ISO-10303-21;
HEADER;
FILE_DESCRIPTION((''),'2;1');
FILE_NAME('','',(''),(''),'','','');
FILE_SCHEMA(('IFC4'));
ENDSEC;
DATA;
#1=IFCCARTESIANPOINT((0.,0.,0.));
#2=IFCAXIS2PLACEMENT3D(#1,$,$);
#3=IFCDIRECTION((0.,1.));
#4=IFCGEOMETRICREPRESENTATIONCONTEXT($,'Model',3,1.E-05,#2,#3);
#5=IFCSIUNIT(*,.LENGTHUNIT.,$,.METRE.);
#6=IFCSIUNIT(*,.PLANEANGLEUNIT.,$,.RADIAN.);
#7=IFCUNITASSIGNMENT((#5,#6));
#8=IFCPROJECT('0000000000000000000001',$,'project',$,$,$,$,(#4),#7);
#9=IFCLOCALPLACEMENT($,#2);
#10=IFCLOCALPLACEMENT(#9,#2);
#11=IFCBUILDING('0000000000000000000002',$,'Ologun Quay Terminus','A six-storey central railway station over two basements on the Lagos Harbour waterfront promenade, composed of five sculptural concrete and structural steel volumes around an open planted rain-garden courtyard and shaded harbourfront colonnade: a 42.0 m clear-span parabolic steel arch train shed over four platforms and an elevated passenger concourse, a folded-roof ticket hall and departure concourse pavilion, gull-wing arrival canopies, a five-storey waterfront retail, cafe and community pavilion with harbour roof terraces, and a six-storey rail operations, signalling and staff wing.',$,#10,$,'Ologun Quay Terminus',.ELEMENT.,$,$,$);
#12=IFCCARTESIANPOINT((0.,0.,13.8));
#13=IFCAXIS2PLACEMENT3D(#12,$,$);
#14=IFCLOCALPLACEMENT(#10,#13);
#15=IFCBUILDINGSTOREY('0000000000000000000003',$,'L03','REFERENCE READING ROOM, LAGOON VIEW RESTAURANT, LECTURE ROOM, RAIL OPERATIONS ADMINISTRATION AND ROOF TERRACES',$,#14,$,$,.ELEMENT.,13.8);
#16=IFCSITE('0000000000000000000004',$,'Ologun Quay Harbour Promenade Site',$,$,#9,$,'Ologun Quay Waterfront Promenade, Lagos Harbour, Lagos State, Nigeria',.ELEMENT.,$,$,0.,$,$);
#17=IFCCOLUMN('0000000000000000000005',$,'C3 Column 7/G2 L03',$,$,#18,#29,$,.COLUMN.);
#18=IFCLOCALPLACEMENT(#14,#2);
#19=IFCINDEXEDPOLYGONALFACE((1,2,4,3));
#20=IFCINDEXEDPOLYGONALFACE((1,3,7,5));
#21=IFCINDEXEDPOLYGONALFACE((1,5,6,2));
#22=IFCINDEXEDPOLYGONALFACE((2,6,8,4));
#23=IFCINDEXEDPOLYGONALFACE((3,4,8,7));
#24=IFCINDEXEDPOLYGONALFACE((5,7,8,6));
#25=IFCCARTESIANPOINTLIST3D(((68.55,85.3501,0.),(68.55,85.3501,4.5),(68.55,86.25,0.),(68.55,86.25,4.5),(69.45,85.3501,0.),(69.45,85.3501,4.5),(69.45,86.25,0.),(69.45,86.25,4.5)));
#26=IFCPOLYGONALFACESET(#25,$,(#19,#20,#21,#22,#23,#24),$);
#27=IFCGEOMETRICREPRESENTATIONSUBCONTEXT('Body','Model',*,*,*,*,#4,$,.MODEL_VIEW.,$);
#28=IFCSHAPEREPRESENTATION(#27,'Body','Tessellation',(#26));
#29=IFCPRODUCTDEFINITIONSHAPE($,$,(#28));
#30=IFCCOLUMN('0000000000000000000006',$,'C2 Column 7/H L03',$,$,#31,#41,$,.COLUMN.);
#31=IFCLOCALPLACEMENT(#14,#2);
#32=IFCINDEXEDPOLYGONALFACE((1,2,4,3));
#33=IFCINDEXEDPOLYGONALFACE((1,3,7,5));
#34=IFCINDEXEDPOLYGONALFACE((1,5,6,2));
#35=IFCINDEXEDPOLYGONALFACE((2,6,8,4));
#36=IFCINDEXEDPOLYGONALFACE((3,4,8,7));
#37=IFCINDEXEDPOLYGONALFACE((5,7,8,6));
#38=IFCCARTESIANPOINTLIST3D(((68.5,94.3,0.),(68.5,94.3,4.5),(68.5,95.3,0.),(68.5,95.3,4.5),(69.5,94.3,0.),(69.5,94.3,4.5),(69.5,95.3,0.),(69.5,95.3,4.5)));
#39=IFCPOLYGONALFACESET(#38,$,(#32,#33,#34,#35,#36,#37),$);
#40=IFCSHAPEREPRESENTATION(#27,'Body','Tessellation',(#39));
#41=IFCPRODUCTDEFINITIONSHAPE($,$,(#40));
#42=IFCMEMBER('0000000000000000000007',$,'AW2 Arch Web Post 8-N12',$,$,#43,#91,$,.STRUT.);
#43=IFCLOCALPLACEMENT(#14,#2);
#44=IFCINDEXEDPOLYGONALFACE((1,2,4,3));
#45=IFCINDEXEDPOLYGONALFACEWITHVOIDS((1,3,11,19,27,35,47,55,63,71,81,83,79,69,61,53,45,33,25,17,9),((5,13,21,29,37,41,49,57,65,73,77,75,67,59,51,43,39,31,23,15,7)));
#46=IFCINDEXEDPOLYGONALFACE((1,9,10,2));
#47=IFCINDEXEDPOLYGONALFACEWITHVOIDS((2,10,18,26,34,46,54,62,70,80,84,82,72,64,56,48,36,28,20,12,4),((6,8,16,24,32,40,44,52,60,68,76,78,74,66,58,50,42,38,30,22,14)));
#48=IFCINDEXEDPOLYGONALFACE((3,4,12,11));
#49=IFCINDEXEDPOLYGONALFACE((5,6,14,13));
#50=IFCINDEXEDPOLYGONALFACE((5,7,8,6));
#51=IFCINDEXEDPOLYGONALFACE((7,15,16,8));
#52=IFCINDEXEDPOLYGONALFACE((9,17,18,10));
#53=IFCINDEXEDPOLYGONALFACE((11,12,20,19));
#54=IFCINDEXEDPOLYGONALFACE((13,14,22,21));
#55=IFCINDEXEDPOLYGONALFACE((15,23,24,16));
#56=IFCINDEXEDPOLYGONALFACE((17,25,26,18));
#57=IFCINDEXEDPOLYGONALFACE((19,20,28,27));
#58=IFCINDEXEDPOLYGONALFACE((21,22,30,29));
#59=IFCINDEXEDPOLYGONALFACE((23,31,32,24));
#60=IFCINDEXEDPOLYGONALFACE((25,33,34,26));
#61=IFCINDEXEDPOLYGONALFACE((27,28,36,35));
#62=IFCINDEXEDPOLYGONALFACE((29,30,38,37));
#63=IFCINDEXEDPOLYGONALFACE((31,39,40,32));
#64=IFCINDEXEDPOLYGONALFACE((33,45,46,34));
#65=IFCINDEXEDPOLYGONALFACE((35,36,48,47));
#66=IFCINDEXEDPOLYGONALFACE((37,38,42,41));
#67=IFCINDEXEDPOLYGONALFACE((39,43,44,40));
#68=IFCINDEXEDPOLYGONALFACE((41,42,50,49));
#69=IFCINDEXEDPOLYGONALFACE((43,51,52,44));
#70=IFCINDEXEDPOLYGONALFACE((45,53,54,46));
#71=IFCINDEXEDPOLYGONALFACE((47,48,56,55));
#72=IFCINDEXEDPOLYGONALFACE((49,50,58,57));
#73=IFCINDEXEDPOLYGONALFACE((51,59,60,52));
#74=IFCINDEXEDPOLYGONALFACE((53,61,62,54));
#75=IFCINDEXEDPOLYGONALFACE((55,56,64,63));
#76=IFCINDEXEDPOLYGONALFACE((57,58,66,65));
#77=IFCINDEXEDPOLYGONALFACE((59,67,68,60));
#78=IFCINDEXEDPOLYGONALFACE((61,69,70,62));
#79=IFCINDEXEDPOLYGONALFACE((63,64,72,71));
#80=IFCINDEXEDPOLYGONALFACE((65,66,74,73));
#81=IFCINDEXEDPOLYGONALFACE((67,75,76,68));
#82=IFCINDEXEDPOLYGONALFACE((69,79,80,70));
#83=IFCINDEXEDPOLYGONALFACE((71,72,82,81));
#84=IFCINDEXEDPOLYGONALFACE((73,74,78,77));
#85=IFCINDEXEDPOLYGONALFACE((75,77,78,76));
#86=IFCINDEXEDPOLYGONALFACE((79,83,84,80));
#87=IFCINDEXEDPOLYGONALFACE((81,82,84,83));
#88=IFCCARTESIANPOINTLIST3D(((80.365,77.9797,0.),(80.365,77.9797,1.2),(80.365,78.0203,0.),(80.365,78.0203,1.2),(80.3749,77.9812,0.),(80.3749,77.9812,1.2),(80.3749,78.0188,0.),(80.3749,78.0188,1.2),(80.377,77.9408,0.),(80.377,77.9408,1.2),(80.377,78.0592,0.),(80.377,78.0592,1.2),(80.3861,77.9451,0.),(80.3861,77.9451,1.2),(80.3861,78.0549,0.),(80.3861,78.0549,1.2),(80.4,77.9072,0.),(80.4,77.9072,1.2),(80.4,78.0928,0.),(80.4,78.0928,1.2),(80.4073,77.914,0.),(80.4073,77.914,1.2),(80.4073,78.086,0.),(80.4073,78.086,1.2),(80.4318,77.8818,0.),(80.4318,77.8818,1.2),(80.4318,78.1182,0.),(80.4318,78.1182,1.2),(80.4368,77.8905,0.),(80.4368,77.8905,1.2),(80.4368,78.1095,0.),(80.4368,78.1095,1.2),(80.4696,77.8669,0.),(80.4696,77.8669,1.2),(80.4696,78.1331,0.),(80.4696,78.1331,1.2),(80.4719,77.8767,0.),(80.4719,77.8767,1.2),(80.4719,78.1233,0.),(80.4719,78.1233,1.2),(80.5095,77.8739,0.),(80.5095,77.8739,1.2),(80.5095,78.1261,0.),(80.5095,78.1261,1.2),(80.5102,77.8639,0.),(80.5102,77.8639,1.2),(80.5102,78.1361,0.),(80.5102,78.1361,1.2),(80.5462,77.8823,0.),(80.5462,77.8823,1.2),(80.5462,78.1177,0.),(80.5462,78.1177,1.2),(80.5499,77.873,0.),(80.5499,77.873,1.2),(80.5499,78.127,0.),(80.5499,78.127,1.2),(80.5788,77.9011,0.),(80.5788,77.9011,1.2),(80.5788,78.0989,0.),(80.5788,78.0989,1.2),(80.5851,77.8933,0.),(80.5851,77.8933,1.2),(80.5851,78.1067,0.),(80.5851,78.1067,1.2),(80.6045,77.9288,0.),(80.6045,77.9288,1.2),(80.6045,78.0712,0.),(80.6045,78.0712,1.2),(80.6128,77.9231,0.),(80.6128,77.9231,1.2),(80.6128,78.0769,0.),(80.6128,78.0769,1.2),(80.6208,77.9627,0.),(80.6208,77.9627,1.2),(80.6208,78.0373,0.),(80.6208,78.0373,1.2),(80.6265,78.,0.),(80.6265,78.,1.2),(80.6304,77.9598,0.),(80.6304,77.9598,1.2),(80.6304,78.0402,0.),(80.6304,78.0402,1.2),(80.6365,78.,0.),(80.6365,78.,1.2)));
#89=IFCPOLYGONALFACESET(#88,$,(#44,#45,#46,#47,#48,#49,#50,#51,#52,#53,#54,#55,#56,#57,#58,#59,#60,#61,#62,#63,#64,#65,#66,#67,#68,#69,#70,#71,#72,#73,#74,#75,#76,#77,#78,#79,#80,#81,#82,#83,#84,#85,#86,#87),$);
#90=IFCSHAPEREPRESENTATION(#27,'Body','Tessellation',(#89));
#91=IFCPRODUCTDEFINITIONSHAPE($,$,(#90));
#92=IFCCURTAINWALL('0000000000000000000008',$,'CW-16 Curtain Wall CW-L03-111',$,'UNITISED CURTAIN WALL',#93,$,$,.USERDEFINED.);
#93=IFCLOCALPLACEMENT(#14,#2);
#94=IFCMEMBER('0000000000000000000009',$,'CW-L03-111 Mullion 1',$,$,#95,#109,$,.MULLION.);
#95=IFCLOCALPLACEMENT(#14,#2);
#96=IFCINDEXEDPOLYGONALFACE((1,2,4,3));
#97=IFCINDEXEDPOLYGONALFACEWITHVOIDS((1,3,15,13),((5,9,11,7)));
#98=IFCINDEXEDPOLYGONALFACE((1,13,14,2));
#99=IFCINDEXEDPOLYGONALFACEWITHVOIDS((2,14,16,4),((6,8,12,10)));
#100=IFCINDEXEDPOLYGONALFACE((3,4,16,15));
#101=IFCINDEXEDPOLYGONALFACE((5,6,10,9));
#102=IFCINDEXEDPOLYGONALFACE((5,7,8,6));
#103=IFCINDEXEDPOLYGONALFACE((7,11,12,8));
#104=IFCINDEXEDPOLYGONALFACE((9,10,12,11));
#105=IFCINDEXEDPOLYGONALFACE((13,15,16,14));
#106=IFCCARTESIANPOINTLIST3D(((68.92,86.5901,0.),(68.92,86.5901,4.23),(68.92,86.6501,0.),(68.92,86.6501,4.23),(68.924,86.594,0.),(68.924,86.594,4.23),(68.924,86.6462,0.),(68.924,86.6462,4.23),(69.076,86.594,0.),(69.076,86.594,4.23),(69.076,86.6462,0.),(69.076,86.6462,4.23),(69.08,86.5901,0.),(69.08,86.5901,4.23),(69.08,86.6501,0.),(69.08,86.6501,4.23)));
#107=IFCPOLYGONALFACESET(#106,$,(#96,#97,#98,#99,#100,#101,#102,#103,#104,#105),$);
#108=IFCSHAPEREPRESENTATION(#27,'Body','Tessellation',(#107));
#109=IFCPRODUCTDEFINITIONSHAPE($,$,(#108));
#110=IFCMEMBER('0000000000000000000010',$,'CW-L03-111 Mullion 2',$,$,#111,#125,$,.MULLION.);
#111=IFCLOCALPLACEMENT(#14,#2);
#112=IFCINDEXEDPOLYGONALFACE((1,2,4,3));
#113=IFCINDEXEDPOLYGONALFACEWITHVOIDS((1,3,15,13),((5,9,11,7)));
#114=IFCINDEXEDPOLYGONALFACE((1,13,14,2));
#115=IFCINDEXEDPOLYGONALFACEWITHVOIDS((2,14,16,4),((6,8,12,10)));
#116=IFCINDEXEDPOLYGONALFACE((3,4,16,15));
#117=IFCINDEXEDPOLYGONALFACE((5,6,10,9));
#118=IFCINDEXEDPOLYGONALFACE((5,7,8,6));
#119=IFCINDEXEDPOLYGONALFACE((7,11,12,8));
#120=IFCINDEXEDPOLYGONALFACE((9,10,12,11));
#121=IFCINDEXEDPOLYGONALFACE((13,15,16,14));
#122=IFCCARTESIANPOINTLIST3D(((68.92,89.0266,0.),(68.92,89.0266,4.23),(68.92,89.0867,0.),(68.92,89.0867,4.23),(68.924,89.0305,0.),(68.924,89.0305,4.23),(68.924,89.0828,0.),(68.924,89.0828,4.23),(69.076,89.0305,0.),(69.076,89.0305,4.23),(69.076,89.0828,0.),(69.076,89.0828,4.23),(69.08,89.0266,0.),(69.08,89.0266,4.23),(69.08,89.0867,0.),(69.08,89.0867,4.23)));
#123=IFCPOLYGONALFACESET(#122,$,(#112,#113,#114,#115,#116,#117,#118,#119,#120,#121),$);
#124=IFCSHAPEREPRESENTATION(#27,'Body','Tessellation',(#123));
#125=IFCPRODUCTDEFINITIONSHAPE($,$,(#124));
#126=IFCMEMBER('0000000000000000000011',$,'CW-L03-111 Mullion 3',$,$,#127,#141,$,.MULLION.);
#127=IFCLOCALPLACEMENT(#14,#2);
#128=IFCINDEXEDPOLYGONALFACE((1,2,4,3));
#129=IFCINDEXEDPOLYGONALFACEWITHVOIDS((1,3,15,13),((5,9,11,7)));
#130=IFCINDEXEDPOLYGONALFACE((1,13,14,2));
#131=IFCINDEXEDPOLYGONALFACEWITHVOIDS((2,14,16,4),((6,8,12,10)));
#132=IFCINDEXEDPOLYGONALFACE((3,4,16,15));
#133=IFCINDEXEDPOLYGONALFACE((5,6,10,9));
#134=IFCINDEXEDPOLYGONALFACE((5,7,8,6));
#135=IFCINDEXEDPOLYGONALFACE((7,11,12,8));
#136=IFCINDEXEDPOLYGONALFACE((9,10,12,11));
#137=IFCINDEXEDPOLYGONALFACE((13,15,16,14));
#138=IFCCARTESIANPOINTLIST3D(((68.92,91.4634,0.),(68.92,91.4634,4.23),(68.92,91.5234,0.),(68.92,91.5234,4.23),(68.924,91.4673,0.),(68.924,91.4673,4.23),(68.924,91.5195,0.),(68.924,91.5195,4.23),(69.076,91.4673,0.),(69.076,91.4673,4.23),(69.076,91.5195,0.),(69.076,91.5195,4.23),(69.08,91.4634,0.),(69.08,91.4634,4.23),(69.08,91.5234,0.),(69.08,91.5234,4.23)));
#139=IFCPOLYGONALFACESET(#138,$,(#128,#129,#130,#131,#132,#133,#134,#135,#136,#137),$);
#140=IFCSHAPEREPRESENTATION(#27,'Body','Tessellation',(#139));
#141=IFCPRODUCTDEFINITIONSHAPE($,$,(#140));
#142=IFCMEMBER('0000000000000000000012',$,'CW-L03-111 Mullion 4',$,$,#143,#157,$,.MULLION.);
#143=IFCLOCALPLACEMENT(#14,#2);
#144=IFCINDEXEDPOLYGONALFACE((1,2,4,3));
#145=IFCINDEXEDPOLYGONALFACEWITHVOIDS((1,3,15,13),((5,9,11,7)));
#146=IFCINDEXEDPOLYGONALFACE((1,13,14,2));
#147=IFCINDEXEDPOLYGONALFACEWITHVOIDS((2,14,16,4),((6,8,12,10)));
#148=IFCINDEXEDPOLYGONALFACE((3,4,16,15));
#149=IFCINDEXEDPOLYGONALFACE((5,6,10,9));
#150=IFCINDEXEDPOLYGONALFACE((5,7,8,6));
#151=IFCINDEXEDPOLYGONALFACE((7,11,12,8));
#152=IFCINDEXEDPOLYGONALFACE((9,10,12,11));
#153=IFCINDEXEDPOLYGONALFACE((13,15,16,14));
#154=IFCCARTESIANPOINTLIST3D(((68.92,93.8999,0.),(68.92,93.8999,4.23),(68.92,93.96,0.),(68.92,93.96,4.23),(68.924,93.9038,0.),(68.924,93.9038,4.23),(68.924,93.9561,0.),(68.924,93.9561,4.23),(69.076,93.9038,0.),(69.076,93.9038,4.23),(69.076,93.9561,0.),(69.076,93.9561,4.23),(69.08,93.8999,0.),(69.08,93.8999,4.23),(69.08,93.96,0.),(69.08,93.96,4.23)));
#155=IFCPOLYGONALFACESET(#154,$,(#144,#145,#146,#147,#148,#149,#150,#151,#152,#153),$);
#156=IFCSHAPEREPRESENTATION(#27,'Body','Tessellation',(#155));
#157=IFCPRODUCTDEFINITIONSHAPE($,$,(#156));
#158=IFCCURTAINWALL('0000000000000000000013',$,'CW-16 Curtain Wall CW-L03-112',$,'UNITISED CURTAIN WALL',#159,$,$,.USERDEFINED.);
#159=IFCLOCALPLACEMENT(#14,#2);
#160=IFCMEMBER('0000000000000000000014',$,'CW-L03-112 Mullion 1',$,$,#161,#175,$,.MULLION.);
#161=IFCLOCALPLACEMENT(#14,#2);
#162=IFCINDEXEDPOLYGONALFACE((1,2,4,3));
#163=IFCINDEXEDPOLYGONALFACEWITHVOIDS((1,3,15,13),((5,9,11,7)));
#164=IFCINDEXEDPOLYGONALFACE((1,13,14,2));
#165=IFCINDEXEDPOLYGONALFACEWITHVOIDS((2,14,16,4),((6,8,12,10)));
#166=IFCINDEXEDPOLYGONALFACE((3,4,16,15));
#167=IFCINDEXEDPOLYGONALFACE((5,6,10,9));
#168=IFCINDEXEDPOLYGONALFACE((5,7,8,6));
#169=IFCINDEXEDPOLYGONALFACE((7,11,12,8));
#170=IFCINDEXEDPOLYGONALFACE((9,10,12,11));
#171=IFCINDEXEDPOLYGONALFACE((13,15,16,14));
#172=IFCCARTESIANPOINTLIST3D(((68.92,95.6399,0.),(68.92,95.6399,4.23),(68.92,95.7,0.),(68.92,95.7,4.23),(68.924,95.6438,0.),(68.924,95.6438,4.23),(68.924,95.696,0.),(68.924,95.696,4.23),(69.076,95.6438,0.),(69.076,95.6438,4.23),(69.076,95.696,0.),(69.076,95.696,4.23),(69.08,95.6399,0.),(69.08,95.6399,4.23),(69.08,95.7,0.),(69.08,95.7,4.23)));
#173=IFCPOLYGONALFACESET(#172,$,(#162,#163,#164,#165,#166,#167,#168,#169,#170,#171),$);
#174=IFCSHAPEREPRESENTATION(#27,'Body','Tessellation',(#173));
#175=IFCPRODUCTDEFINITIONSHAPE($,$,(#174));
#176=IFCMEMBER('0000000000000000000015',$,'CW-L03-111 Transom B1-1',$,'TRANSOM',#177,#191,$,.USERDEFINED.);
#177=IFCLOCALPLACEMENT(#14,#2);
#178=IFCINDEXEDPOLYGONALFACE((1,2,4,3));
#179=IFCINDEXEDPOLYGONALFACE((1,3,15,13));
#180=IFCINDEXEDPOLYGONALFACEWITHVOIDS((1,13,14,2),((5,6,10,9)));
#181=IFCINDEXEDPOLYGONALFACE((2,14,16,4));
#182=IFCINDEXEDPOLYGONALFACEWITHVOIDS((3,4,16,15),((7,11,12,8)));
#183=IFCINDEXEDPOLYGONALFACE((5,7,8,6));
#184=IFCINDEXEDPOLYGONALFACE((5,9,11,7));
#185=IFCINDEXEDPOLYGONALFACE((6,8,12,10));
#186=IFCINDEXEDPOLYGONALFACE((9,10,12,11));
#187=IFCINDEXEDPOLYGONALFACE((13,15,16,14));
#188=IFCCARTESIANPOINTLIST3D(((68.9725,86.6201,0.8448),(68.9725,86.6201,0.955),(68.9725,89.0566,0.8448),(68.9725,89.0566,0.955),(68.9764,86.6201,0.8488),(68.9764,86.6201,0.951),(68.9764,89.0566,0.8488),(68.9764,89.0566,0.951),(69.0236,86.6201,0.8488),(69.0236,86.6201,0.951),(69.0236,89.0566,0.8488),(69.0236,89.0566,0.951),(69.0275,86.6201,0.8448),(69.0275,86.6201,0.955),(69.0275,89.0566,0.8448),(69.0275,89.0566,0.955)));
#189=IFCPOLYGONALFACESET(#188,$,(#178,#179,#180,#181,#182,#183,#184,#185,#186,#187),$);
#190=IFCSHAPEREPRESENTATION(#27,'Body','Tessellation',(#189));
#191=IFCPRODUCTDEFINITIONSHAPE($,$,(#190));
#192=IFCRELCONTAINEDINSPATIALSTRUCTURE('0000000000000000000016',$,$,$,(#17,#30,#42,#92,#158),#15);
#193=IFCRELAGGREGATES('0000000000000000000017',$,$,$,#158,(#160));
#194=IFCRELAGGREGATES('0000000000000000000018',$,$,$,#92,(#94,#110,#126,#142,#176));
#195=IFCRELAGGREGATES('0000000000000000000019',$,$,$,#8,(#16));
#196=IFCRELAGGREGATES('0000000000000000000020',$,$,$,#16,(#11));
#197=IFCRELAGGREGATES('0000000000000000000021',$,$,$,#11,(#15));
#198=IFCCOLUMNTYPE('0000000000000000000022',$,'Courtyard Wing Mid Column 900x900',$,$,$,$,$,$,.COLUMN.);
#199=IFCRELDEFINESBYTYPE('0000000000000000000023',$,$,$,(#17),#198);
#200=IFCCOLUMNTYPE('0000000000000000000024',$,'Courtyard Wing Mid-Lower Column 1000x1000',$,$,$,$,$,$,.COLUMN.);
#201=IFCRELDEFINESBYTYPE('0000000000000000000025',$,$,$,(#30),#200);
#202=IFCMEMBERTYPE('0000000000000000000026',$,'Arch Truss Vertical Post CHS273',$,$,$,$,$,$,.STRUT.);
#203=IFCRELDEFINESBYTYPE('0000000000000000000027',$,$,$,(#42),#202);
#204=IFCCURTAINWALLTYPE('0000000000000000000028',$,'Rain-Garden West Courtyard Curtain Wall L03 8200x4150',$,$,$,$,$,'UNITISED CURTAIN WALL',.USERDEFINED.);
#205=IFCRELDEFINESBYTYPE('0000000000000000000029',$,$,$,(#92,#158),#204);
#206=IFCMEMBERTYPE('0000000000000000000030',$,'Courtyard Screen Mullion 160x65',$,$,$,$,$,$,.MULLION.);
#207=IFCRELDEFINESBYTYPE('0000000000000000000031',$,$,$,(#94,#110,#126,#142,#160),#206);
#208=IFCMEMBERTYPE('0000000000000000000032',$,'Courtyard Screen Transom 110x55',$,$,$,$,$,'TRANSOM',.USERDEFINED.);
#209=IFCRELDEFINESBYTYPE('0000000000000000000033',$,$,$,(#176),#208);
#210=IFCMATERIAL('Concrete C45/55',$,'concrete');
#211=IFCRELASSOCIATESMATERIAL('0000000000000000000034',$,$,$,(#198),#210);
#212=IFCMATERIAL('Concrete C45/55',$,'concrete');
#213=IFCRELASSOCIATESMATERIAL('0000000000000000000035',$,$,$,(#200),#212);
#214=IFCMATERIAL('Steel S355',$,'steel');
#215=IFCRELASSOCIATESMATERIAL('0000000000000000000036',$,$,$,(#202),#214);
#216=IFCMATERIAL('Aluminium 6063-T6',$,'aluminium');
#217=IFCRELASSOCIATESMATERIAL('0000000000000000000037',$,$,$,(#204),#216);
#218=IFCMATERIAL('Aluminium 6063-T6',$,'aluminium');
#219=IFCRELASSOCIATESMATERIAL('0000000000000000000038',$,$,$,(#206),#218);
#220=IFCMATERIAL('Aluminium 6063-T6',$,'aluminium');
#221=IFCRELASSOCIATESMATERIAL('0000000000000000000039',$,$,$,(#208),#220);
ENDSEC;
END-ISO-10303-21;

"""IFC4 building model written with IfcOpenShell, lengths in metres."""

from ifc_helpers import new_model, si_unit, direction, frame, origin, origin_2d, place, context, subcontext, project, spatial, rectangle, hollow_rectangle, hollow_circle, extrude, material, material_profile, profile_set, type_object, element, aggregate, save


model = new_model("IFC4")

# Units and contexts
model_context = context("Model", 3, precision=1e-05, world=origin(), true_north=direction((0.0, 1.0)))
body_context = subcontext(model_context, "Body", "Model", "MODEL_VIEW")
ifc_project = project(units=[si_unit("LENGTHUNIT", "METRE"), si_unit("PLANEANGLEUNIT", "RADIAN")], contexts=[model_context])

# Site, building, storey
site_placement = place(None, origin())
site = spatial("IfcSite", under=ifc_project, at=site_placement, Name="Ologun Quay Harbour Promenade Site", LongName="Ologun Quay Waterfront Promenade, Lagos Harbour, Lagos State, Nigeria", CompositionType="ELEMENT", RefElevation=0.0)
building_placement = place(site_placement, origin())
building = spatial("IfcBuilding", under=site, at=building_placement, Name="Ologun Quay Terminus", Description="A six-storey central railway station over two basements on the Lagos Harbour waterfront promenade, composed of five sculptural concrete and structural steel volumes around an open planted rain-garden courtyard and shaded harbourfront colonnade: a 42.0 m clear-span parabolic steel arch train shed over four platforms and an elevated passenger concourse, a folded-roof ticket hall and departure concourse pavilion, gull-wing arrival canopies, a five-storey waterfront retail, cafe and community pavilion with harbour roof terraces, and a six-storey rail operations, signalling and staff wing.", LongName="Ologun Quay Terminus", CompositionType="ELEMENT")
storey_placement = place(building_placement, frame((0.0, 0.0, 13.8)))
storey = spatial("IfcBuildingStorey", under=building, at=storey_placement, Name="L03", Description="REFERENCE READING ROOM, LAGOON VIEW RESTAURANT, LECTURE ROOM, RAIL OPERATIONS ADMINISTRATION AND ROOF TERRACES", CompositionType="ELEMENT", Elevation=13.8)

# Columns
ifc_material_1 = material(Name="Concrete C45/55", Category="concrete")
ifc_material_profile_1 = material_profile(ifc_material_1, rectangle(XDim=0.8999, YDim=0.8999, at=origin_2d()), Name="RC 900x900")
ifc_profile_set_1 = profile_set([ifc_material_profile_1], Name="Concrete C45/55")
column_type_1 = type_object("IfcColumnType", Name="Courtyard Wing Mid Column 900x900", PredefinedType="COLUMN", material=ifc_profile_set_1)
column_1_placement = place(storey_placement, frame((69.0, 85.8, 0.0), z_axis=(0.0, 0.0, 1.0), x_axis=(1.0, 0.0, 0.0)))
element("IfcColumn", 1, at=column_1_placement, inside=storey, type_object=column_type_1, Name="C3 Column 7/G2 L03", PredefinedType="COLUMN", context=body_context, shape_type="SweptSolid", body=[
    extrude(rectangle(XDim=0.8999, YDim=0.8999, at=origin_2d()), origin(), (0.0, 0.0, 1.0), 4.5),
])
ifc_material_2 = material(Name="Concrete C45/55", Category="concrete")
ifc_material_profile_2 = material_profile(ifc_material_2, rectangle(XDim=1.0, YDim=1.0, at=origin_2d()), Name="RC 1000x1000")
ifc_profile_set_2 = profile_set([ifc_material_profile_2], Name="Concrete C45/55")
column_type_2 = type_object("IfcColumnType", Name="Courtyard Wing Mid-Lower Column 1000x1000", PredefinedType="COLUMN", material=ifc_profile_set_2)
column_2_placement = place(storey_placement, frame((69.0, 94.8, 0.0), z_axis=(0.0, 0.0, 1.0), x_axis=(1.0, 0.0, 0.0)))
element("IfcColumn", 2, at=column_2_placement, inside=storey, type_object=column_type_2, Name="C2 Column 7/H L03", PredefinedType="COLUMN", context=body_context, shape_type="SweptSolid", body=[
    extrude(rectangle(XDim=1.0, YDim=1.0, at=origin_2d()), origin(), (0.0, 0.0, 1.0), 4.5),
])

# Member
ifc_material_3 = material(Name="Steel S355", Category="steel")
ifc_material_profile_3 = material_profile(ifc_material_3, hollow_circle(Radius=0.1365, WallThickness=0.01, at=origin_2d()), Name="CHS 273x10")
ifc_profile_set_3 = profile_set([ifc_material_profile_3], Name="Steel S355")
member_type_1 = type_object("IfcMemberType", Name="Arch Truss Vertical Post CHS273", PredefinedType="STRUT", material=ifc_profile_set_3)
member_1_placement = place(storey_placement, frame((80.5, 78.0, 0.0), z_axis=(0.0, 0.0, 1.0), x_axis=(1.0, 0.0, 0.0)))
element("IfcMember", 3, at=member_1_placement, inside=storey, type_object=member_type_1, Name="AW2 Arch Web Post 8-N12", PredefinedType="STRUT", context=body_context, shape_type="SweptSolid", body=[
    extrude(hollow_circle(Radius=0.1365, WallThickness=0.01, at=origin_2d()), origin(), (0.0, 0.0, 1.0), 1.2),
])

# Curtain wall, members
ifc_material_4 = material(Name="Aluminium 6063-T6", Category="aluminium")
curtain_wall_type = type_object("IfcCurtainWallType", Name="Rain-Garden West Courtyard Curtain Wall L03 8200x4150", ElementType="UNITISED CURTAIN WALL", PredefinedType="USERDEFINED", material=ifc_material_4)
curtain_wall_1_placement = place(storey_placement, origin())
curtain_wall_1 = element("IfcCurtainWall", 4, at=curtain_wall_1_placement, inside=storey, type_object=curtain_wall_type, Name="CW-16 Curtain Wall CW-L03-111", ObjectType="UNITISED CURTAIN WALL", PredefinedType="USERDEFINED")
ifc_material_5 = material(Name="Aluminium 6063-T6", Category="aluminium")
ifc_material_profile_4 = material_profile(ifc_material_5, hollow_rectangle(XDim=0.0601, YDim=0.1599, WallThickness=0.0039, at=origin_2d()), Name="ALU 160x60x4")
ifc_profile_set_4 = profile_set([ifc_material_profile_4], Name="Aluminium 6063-T6")
member_type_2 = type_object("IfcMemberType", Name="Courtyard Screen Mullion 160x65", PredefinedType="MULLION", material=ifc_profile_set_4)
member_2_placement = place(storey_placement, frame((69.0, 86.6201, 0.0), z_axis=(0.0, 0.0, 1.0), x_axis=(0.0, 1.0, 0.0)))
member_2 = element("IfcMember", 5, at=member_2_placement, type_object=member_type_2, Name="CW-L03-111 Mullion 1", PredefinedType="MULLION", context=body_context, shape_type="SweptSolid", body=[
    extrude(hollow_rectangle(XDim=0.0601, YDim=0.1599, WallThickness=0.0039, at=origin_2d()), origin(), (0.0, 0.0, 1.0), 4.23),
])
member_3_placement = place(storey_placement, frame((69.0, 89.0566, 0.0), z_axis=(0.0, 0.0, 1.0), x_axis=(0.0, 1.0, 0.0)))
member_3 = element("IfcMember", 6, at=member_3_placement, type_object=member_type_2, Name="CW-L03-111 Mullion 2", PredefinedType="MULLION", context=body_context, shape_type="SweptSolid", body=[
    extrude(hollow_rectangle(XDim=0.0601, YDim=0.1599, WallThickness=0.0039, at=origin_2d()), origin(), (0.0, 0.0, 1.0), 4.23),
])
member_4_placement = place(storey_placement, frame((69.0, 91.4934, 0.0), z_axis=(0.0, 0.0, 1.0), x_axis=(0.0, 1.0, 0.0)))
member_4 = element("IfcMember", 7, at=member_4_placement, type_object=member_type_2, Name="CW-L03-111 Mullion 3", PredefinedType="MULLION", context=body_context, shape_type="SweptSolid", body=[
    extrude(hollow_rectangle(XDim=0.0601, YDim=0.1599, WallThickness=0.0039, at=origin_2d()), origin(), (0.0, 0.0, 1.0), 4.23),
])
member_5_placement = place(storey_placement, frame((69.0, 93.9299, 0.0), z_axis=(0.0, 0.0, 1.0), x_axis=(0.0, 1.0, 0.0)))
member_5 = element("IfcMember", 8, at=member_5_placement, type_object=member_type_2, Name="CW-L03-111 Mullion 4", PredefinedType="MULLION", context=body_context, shape_type="SweptSolid", body=[
    extrude(hollow_rectangle(XDim=0.0601, YDim=0.1599, WallThickness=0.0039, at=origin_2d()), origin(), (0.0, 0.0, 1.0), 4.23),
])

# Curtain wall, member
curtain_wall_2_placement = place(storey_placement, origin())
curtain_wall_2 = element("IfcCurtainWall", 9, at=curtain_wall_2_placement, inside=storey, type_object=curtain_wall_type, Name="CW-16 Curtain Wall CW-L03-112", ObjectType="UNITISED CURTAIN WALL", PredefinedType="USERDEFINED")
member_6_placement = place(storey_placement, frame((69.0, 95.6699, 0.0), z_axis=(0.0, 0.0, 1.0), x_axis=(0.0, 1.0, 0.0)))
member_6 = element("IfcMember", 10, at=member_6_placement, type_object=member_type_2, Name="CW-L03-112 Mullion 1", PredefinedType="MULLION", context=body_context, shape_type="SweptSolid", body=[
    extrude(hollow_rectangle(XDim=0.0601, YDim=0.1599, WallThickness=0.0039, at=origin_2d()), origin(), (0.0, 0.0, 1.0), 4.23),
])

# Member
ifc_material_6 = material(Name="Aluminium 6063-T6", Category="aluminium")
ifc_material_profile_5 = material_profile(ifc_material_6, hollow_rectangle(XDim=0.0549, YDim=0.1101, WallThickness=0.0039, at=origin_2d()), Name="ALU 110x55x4")
ifc_profile_set_5 = profile_set([ifc_material_profile_5], Name="Aluminium 6063-T6")
member_type_3 = type_object("IfcMemberType", Name="Courtyard Screen Transom 110x55", ElementType="TRANSOM", PredefinedType="USERDEFINED", material=ifc_profile_set_5)
member_7_placement = place(storey_placement, frame((69.0, 86.6201, 0.8999), z_axis=(0.0, 1.0, 0.0), x_axis=(-1.0, 0.0, 0.0)))
member_7 = element("IfcMember", 11, at=member_7_placement, type_object=member_type_3, Name="CW-L03-111 Transom B1-1", ObjectType="TRANSOM", PredefinedType="USERDEFINED", context=body_context, shape_type="SweptSolid", body=[
    extrude(hollow_rectangle(XDim=0.0549, YDim=0.1101, WallThickness=0.0039, at=origin_2d()), origin(), (0.0, 0.0, 1.0), 2.4365),
])
aggregate(curtain_wall_2, [member_6])

aggregate(curtain_wall_1, [member_2, member_3, member_4, member_5, member_7])

save(model, "model.ifc")
